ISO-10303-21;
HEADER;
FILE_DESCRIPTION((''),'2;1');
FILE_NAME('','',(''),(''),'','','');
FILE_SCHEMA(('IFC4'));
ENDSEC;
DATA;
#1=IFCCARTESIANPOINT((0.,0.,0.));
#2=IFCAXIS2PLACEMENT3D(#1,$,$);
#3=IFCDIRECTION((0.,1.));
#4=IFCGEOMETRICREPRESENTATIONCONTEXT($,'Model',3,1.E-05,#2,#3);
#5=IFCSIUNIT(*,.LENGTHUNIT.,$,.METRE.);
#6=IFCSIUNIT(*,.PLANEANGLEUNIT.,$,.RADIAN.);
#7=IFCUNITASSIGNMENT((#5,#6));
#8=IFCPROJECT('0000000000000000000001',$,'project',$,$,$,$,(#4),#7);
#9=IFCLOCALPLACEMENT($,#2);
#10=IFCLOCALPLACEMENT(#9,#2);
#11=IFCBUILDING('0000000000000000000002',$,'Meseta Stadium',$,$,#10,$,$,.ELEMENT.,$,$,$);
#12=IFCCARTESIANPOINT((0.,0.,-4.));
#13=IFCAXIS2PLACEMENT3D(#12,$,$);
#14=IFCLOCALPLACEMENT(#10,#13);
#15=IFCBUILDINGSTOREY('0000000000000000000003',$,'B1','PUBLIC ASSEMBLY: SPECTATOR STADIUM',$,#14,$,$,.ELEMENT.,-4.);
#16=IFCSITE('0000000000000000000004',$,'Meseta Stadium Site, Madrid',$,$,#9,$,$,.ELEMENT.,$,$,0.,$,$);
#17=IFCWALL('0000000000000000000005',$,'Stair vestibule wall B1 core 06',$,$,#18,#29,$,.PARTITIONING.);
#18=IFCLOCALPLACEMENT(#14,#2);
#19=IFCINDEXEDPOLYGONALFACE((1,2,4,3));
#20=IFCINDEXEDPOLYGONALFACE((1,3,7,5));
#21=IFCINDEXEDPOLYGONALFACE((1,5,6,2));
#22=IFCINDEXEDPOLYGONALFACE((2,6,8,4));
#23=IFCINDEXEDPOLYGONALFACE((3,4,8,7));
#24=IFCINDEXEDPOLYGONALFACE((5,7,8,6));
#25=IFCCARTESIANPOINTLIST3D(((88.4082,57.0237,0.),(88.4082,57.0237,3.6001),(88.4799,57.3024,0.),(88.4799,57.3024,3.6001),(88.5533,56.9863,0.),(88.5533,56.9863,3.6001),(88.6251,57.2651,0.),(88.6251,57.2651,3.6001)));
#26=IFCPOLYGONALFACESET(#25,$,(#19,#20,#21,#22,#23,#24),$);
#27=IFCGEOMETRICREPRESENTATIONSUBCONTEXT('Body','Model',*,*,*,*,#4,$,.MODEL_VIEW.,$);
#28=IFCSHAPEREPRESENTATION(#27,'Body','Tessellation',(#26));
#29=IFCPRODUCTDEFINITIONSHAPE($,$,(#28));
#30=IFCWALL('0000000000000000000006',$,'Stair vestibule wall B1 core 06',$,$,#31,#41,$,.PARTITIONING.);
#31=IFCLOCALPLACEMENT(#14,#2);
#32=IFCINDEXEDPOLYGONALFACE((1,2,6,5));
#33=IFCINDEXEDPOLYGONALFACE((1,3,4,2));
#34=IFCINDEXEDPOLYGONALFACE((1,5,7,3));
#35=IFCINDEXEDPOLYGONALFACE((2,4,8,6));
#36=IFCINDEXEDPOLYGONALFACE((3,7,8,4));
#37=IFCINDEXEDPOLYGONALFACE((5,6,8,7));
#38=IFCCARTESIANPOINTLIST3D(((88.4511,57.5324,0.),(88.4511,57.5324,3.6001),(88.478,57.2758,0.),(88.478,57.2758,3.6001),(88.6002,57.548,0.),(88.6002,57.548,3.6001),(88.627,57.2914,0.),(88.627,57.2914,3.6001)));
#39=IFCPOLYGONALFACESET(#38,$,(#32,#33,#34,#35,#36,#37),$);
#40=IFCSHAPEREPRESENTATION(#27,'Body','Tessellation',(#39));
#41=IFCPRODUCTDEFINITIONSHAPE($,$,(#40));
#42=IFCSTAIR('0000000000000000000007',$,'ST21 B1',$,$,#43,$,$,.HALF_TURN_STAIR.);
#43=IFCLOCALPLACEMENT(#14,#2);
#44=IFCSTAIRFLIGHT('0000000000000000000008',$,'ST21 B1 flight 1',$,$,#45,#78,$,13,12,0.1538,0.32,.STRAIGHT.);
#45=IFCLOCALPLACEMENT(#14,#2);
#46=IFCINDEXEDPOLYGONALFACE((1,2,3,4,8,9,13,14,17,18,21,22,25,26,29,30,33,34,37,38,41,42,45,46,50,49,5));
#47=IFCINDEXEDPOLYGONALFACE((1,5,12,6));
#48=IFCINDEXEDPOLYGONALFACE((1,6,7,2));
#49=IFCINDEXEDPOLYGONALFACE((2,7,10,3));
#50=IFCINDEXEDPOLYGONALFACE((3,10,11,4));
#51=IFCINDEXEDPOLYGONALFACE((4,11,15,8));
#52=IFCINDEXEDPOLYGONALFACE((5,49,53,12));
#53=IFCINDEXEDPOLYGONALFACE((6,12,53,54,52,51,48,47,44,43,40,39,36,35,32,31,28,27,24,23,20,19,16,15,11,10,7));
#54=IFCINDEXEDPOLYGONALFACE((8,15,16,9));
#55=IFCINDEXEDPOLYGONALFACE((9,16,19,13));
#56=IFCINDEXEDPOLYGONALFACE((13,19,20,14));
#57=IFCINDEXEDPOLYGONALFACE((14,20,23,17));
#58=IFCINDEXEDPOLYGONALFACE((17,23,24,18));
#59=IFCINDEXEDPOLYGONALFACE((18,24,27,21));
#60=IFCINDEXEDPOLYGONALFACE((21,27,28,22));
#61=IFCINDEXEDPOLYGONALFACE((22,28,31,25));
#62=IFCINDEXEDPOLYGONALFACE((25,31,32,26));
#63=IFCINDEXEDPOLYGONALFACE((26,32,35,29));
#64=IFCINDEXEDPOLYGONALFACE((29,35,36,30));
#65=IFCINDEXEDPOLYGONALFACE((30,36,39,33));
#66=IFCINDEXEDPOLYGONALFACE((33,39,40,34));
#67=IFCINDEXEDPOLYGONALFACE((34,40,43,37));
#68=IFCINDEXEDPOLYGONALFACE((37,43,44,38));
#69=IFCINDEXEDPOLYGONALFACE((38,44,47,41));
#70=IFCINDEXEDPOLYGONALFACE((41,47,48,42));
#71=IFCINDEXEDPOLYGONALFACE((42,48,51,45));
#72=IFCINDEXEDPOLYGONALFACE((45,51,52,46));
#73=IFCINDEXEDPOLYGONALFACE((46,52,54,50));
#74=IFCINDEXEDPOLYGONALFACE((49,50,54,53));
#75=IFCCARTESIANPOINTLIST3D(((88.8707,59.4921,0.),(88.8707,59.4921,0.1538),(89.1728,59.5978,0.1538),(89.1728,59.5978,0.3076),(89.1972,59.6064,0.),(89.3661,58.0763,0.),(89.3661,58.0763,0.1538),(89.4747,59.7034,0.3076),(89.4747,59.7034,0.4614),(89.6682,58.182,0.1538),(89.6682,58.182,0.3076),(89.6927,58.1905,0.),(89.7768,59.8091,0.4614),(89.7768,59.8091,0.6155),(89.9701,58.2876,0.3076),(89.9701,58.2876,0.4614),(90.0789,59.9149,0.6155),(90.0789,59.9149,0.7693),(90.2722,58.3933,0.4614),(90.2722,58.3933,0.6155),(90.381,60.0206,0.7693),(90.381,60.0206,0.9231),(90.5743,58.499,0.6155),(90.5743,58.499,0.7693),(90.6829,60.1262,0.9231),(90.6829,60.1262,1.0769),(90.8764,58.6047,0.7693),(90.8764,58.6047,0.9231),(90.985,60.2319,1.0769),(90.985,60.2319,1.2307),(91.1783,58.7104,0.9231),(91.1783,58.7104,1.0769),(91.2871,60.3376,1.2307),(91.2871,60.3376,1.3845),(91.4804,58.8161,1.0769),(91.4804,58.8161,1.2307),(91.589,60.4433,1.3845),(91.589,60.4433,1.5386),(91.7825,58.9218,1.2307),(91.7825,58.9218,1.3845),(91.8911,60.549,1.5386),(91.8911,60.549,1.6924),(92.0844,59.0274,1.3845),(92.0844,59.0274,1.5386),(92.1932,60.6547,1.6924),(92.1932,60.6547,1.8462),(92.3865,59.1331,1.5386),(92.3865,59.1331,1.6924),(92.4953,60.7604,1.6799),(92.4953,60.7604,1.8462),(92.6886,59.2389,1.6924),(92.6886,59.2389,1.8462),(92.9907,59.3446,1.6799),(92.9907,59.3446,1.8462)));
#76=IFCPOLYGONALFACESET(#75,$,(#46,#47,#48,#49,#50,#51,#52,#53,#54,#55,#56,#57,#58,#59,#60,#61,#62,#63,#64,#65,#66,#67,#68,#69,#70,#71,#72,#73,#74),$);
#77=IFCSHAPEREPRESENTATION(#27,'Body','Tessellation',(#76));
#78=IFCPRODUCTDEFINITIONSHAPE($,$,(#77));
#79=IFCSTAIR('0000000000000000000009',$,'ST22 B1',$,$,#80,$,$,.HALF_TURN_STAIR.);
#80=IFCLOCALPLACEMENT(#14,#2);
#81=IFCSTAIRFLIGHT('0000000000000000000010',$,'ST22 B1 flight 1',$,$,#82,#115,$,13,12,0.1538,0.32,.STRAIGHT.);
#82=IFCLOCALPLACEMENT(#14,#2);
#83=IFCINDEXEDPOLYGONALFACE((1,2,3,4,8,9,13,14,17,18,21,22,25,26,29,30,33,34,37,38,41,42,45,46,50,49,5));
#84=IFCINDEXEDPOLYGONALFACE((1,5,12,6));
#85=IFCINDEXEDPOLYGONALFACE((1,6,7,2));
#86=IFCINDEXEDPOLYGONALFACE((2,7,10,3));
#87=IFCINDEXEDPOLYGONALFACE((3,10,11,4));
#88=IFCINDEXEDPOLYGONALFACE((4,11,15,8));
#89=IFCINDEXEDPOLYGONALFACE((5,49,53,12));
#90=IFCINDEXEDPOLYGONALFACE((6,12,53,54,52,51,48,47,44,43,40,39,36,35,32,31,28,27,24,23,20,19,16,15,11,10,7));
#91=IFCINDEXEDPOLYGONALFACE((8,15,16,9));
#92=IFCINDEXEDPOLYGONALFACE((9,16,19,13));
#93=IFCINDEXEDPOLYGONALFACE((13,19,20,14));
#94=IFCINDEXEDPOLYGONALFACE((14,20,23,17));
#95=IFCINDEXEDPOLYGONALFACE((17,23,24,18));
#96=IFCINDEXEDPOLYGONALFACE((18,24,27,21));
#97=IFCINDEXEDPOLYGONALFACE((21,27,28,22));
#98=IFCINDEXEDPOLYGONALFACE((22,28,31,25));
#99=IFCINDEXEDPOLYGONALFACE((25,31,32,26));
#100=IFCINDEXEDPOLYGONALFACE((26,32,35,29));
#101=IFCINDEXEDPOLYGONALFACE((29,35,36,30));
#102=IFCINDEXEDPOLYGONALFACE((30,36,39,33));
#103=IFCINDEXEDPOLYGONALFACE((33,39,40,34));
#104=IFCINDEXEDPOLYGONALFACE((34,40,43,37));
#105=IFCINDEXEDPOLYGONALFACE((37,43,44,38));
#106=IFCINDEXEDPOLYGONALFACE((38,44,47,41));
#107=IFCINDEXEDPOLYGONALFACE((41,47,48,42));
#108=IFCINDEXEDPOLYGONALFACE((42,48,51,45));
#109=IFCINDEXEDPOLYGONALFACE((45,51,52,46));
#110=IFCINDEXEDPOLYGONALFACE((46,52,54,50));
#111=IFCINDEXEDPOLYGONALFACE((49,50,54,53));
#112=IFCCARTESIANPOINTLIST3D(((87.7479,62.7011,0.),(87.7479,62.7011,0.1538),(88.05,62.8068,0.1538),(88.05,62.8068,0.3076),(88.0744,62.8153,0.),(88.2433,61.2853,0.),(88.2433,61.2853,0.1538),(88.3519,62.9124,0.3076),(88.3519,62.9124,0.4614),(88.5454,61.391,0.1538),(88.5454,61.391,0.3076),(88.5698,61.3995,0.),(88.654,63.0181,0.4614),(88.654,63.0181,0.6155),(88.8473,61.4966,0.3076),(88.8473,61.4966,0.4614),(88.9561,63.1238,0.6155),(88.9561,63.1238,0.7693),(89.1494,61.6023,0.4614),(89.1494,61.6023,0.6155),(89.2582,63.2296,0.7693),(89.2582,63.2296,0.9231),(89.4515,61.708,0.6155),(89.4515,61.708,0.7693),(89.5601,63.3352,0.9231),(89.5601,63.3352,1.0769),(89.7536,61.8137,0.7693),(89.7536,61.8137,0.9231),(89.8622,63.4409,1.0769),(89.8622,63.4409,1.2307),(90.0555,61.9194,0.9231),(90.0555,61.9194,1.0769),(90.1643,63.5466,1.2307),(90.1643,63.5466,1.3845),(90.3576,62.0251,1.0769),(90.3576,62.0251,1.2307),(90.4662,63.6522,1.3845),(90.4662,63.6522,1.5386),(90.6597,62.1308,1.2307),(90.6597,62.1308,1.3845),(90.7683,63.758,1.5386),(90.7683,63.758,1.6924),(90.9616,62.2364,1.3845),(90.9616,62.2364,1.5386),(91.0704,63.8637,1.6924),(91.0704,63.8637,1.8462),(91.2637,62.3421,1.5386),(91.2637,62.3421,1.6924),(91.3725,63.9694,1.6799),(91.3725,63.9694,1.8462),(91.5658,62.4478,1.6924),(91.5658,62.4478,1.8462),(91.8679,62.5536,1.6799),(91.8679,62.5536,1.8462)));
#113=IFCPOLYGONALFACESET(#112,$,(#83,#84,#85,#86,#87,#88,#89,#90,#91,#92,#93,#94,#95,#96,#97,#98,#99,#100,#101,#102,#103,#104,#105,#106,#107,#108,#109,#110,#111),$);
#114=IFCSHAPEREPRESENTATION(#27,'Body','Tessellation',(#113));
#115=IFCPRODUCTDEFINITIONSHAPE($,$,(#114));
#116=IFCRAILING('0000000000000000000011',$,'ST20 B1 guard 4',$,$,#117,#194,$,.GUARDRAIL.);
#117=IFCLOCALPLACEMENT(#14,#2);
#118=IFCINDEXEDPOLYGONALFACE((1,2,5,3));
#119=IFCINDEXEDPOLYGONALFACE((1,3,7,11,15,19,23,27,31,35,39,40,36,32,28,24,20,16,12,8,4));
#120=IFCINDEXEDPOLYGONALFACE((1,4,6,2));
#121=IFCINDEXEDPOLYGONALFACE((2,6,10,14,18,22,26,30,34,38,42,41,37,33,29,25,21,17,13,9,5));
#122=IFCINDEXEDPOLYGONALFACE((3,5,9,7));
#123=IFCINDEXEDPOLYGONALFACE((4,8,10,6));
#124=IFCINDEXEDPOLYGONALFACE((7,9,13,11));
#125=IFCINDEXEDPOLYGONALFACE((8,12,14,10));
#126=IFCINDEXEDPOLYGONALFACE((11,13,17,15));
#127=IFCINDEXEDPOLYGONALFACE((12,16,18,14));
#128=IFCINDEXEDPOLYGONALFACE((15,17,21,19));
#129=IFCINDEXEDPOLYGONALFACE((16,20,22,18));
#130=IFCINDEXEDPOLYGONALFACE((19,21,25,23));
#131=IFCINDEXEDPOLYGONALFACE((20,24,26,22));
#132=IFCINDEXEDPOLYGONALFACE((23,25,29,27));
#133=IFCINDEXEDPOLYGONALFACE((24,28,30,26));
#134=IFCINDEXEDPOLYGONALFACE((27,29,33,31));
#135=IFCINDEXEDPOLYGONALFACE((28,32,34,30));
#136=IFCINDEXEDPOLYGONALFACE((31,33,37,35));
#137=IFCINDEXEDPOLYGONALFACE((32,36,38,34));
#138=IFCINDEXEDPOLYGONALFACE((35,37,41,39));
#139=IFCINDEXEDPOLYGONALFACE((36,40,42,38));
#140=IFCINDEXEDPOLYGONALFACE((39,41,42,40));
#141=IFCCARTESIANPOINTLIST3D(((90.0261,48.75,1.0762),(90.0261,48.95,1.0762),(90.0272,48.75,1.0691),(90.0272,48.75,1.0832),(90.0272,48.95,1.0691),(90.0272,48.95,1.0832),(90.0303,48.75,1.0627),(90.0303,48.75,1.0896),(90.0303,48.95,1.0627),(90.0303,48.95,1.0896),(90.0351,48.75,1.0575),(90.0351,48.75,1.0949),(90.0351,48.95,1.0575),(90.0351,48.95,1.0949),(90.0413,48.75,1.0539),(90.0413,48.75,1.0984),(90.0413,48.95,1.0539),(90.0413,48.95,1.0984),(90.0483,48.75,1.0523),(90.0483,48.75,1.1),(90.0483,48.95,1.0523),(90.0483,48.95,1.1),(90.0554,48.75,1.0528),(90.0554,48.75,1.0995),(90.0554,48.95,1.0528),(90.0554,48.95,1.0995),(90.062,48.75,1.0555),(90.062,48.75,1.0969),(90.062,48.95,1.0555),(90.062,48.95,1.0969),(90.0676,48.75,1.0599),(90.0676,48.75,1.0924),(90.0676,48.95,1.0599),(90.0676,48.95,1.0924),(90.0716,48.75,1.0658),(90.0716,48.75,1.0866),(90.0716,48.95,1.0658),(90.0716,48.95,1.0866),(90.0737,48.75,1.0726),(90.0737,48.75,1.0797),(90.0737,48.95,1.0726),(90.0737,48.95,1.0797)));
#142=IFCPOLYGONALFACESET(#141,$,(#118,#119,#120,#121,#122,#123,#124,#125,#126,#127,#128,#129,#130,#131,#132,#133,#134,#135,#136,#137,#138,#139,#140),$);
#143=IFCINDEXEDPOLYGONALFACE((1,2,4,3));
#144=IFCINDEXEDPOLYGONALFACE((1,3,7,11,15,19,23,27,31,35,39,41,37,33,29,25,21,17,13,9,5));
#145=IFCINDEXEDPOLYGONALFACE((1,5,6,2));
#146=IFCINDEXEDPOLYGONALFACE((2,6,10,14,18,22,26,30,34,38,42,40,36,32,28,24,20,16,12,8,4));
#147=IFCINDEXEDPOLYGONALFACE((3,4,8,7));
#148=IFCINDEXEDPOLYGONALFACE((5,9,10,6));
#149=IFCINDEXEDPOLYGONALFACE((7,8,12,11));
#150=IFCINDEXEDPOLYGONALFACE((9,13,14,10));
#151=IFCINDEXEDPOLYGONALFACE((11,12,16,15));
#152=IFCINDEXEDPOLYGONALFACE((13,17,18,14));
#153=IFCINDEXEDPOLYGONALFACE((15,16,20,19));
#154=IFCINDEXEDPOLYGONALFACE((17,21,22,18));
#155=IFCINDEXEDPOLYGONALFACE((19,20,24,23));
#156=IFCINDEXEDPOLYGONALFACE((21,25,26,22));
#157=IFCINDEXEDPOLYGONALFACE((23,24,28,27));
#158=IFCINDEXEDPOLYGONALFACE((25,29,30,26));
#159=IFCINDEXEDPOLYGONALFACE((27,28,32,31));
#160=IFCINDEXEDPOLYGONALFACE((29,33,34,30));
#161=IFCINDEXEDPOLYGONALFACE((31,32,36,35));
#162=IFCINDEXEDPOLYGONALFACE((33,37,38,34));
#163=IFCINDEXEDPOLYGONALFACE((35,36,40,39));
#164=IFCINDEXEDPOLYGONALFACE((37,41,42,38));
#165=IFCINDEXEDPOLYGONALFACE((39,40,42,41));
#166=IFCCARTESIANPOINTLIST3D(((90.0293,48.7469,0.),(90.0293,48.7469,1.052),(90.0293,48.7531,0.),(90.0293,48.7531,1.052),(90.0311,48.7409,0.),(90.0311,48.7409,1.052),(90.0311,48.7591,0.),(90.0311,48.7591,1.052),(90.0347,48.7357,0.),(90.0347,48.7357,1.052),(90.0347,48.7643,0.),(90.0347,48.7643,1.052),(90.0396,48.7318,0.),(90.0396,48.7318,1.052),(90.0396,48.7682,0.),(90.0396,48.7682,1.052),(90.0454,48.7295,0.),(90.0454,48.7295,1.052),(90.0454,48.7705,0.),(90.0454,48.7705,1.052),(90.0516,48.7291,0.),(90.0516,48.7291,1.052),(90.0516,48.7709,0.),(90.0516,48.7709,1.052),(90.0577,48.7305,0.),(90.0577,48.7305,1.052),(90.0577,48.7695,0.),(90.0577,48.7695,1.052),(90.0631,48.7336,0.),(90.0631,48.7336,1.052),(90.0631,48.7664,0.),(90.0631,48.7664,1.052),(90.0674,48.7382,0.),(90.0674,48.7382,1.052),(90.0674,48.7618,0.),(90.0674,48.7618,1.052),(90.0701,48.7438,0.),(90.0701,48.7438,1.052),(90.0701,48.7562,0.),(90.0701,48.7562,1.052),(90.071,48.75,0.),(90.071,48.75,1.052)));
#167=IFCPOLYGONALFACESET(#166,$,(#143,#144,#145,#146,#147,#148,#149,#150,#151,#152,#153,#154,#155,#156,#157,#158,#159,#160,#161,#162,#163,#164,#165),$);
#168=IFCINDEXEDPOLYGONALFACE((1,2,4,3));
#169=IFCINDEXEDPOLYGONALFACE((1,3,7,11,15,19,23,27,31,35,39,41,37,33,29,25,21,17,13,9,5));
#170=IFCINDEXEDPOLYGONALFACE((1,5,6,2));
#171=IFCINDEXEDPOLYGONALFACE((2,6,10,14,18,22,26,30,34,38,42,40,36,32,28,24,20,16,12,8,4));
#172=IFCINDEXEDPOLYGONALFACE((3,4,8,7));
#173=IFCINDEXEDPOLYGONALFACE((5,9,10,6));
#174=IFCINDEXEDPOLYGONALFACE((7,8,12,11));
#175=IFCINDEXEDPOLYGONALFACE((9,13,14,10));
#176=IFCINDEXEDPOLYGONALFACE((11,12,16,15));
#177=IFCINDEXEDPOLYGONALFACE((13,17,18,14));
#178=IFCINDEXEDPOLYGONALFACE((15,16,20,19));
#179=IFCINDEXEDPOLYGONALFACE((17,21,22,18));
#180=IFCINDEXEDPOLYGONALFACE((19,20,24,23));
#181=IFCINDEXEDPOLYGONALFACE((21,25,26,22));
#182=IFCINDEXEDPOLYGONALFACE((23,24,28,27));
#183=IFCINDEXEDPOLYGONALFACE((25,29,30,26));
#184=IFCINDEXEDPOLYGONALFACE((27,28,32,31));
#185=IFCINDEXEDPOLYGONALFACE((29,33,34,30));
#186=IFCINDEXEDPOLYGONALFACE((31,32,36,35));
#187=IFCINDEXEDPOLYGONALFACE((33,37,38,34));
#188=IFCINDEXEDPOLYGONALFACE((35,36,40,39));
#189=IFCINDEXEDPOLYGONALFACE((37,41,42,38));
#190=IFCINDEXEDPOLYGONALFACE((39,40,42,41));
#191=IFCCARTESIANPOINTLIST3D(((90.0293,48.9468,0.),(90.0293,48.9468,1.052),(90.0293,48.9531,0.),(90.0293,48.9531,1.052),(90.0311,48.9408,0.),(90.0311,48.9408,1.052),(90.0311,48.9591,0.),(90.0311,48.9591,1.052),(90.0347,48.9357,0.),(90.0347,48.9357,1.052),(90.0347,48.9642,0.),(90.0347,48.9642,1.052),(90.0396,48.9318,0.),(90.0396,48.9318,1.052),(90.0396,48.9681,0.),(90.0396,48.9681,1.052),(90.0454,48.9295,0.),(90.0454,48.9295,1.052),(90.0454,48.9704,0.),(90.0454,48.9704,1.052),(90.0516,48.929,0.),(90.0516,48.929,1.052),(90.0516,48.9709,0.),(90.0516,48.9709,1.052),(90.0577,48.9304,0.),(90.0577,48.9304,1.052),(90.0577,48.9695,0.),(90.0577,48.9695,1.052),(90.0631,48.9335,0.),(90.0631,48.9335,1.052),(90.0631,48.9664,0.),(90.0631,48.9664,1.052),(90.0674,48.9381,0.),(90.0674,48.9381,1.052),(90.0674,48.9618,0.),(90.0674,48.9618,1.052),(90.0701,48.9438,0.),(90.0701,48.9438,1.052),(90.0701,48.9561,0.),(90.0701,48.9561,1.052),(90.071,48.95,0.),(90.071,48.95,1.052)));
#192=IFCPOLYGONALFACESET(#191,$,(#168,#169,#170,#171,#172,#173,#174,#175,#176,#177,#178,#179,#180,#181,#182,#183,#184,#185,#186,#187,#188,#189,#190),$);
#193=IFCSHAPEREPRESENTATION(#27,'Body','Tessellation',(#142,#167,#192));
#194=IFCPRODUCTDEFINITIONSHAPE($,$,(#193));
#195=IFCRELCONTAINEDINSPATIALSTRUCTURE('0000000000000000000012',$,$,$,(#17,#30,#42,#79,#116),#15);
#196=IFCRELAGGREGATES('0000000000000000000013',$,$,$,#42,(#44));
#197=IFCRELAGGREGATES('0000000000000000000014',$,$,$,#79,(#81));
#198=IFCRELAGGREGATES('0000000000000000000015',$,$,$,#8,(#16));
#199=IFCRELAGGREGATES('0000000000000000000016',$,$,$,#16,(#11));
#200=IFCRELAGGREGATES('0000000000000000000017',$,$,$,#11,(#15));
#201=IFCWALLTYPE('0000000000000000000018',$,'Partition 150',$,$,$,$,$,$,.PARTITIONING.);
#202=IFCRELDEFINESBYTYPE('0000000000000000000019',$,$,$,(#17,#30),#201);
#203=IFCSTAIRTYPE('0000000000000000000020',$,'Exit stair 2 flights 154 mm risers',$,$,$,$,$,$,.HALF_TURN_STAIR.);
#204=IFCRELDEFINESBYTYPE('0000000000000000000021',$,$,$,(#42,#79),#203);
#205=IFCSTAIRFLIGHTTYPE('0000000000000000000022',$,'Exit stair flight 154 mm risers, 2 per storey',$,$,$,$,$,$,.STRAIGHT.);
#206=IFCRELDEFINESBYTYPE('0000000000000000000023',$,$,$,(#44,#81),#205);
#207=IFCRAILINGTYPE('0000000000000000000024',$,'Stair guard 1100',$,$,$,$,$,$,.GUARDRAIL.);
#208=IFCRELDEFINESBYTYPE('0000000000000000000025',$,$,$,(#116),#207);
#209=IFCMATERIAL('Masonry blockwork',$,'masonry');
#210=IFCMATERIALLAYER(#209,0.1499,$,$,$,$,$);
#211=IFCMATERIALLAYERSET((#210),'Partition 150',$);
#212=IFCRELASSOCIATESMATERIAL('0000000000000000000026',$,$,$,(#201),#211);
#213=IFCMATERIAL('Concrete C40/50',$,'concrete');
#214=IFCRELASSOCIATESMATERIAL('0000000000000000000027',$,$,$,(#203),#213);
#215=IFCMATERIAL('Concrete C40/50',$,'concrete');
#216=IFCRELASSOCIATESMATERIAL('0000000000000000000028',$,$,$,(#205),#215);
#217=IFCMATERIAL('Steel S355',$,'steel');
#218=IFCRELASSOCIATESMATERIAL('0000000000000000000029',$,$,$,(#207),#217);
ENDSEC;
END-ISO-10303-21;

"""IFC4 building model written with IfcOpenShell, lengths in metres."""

from ifc_helpers import new_model, si_unit, direction, frame, frame_2d, origin, origin_2d, place, context, subcontext, project, spatial, polyline, rectangle, circle, outline, extrude, material, layer, layer_set, type_object, element, aggregate, save


model = new_model("IFC4")

# Units and contexts
model_context = context("Model", 3, precision=1e-05, world=origin(), true_north=direction((0.0, 1.0)))
body_context = subcontext(model_context, "Body", "Model", "MODEL_VIEW")
ifc_project = project(units=[si_unit("LENGTHUNIT", "METRE"), si_unit("PLANEANGLEUNIT", "RADIAN")], contexts=[model_context])

# Site, building, storey
site_placement = place(None, origin())
site = spatial("IfcSite", under=ifc_project, at=site_placement, Name="Meseta Stadium Site, Madrid", CompositionType="ELEMENT", RefElevation=0.0)
building_placement = place(site_placement, origin())
building = spatial("IfcBuilding", under=site, at=building_placement, Name="Meseta Stadium", CompositionType="ELEMENT")
storey_placement = place(building_placement, frame((0.0, 0.0, -4.0)))
storey = spatial("IfcBuildingStorey", under=building, at=storey_placement, Name="B1", Description="PUBLIC ASSEMBLY: SPECTATOR STADIUM", CompositionType="ELEMENT", Elevation=-4.0)

# Shared definitions
ifc_material_1 = material(Name="Masonry blockwork", Category="masonry")
ifc_layer_1 = layer(ifc_material_1, 0.1499)
ifc_layer_set_1 = layer_set([ifc_layer_1], Name="Partition 150")
wall_type_1 = type_object("IfcWallType", Name="Partition 150", PredefinedType="PARTITIONING", material=ifc_layer_set_1)

# Walls
wall_1_placement = place(storey_placement, frame((88.4807, 57.0049, 0.0), z_axis=(0.0, 0.0, 1.0), x_axis=(0.249314, 0.968423, 0.0)))
element("IfcWall", 1, at=wall_1_placement, inside=storey, type_object=wall_type_1, Name="Stair vestibule wall B1 core 06", PredefinedType="PARTITIONING", context=body_context, shape_type="SweptSolid", body=[
    extrude(rectangle(XDim=0.2878, YDim=0.1499, at=frame_2d((0.144, 0.0))), origin(), (0.0, 0.0, 1.0), 3.6001),
])
wall_2_placement = place(storey_placement, frame((88.5525, 57.2837, 0.0), z_axis=(0.0, 0.0, 1.0), x_axis=(-0.104094, 0.994568, 0.0)))
element("IfcWall", 2, at=wall_2_placement, inside=storey, type_object=wall_type_1, Name="Stair vestibule wall B1 core 06", PredefinedType="PARTITIONING", context=body_context, shape_type="SweptSolid", body=[
    extrude(rectangle(XDim=0.2581, YDim=0.1499, at=frame_2d((0.1289, 0.0))), origin(), (0.0, 0.0, 1.0), 3.6001),
])

# Stairs, stair flights
ifc_material_2 = material(Name="Concrete C40/50", Category="concrete")
stair_type = type_object("IfcStairType", Name="Exit stair 2 flights 154 mm risers", PredefinedType="HALF_TURN_STAIR", material=ifc_material_2)
stair_1_placement = place(storey_placement, origin())
stair_1 = element("IfcStair", 3, at=stair_1_placement, inside=storey, type_object=stair_type, Name="ST21 B1", PredefinedType="HALF_TURN_STAIR")
ifc_material_3 = material(Name="Concrete C40/50", Category="concrete")
stair_flight_type = type_object("IfcStairFlightType", Name="Exit stair flight 154 mm risers, 2 per storey", PredefinedType="STRAIGHT", material=ifc_material_3)
stair_flight_1_placement = place(storey_placement, frame((89.1184, 58.7842, 0.0), z_axis=(0.0, 0.0, 1.0), x_axis=(0.943883, 0.330279, 0.0)))
stair_flight_1 = element("IfcStairFlight", 4, at=stair_flight_1_placement, type_object=stair_flight_type, Name="ST21 B1 flight 1", NumberOfRisers=13, NumberOfTreads=12, PredefinedType="STRAIGHT", RiserHeight=0.1538, TreadLength=0.32, context=body_context, shape_type="SweptSolid", body=[
    extrude(outline(polyline([(0.0, 0.0), (0.0, 0.1538), (0.3201, 0.1538), (0.3201, 0.3076), (0.6399, 0.3076), (0.6399, 0.4614), (0.96, 0.4614), (0.96, 0.6155), (1.28, 0.6155), (1.28, 0.7693), (1.6001, 0.7693), (1.6001, 0.9231), (1.9199, 0.9231), (1.9199, 1.0769), (2.24, 1.0769), (2.24, 1.2307), (2.5601, 1.2307), (2.5601, 1.3845), (2.8799, 1.3845), (2.8799, 1.5386), (3.2, 1.5386), (3.2, 1.6924), (3.52, 1.6924), (3.52, 1.8462), (3.8401, 1.8462), (3.8401, 1.6799), (0.3459, 0.0), (0.0, 0.0)])), frame((0.0, 0.75, 0.0), z_axis=(0.0, -1.0, 0.0), x_axis=(1.0, 0.0, 0.0)), (0.0, 0.0, 1.0), 1.5),
])
aggregate(stair_1, [stair_flight_1])
stair_2_placement = place(storey_placement, origin())
stair_2 = element("IfcStair", 5, at=stair_2_placement, inside=storey, type_object=stair_type, Name="ST22 B1", PredefinedType="HALF_TURN_STAIR")
stair_flight_2_placement = place(storey_placement, frame((87.9956, 61.9932, 0.0), z_axis=(0.0, 0.0, 1.0), x_axis=(0.943883, 0.330279, 0.0)))
stair_flight_2 = element("IfcStairFlight", 6, at=stair_flight_2_placement, type_object=stair_flight_type, Name="ST22 B1 flight 1", NumberOfRisers=13, NumberOfTreads=12, PredefinedType="STRAIGHT", RiserHeight=0.1538, TreadLength=0.32, context=body_context, shape_type="SweptSolid", body=[
    extrude(outline(polyline([(0.0, 0.0), (0.0, 0.1538), (0.3201, 0.1538), (0.3201, 0.3076), (0.6399, 0.3076), (0.6399, 0.4614), (0.96, 0.4614), (0.96, 0.6155), (1.28, 0.6155), (1.28, 0.7693), (1.6001, 0.7693), (1.6001, 0.9231), (1.9199, 0.9231), (1.9199, 1.0769), (2.24, 1.0769), (2.24, 1.2307), (2.5601, 1.2307), (2.5601, 1.3845), (2.8799, 1.3845), (2.8799, 1.5386), (3.2, 1.5386), (3.2, 1.6924), (3.52, 1.6924), (3.52, 1.8462), (3.8401, 1.8462), (3.8401, 1.6799), (0.3459, 0.0), (0.0, 0.0)])), frame((0.0, 0.75, 0.0), z_axis=(0.0, -1.0, 0.0), x_axis=(1.0, 0.0, 0.0)), (0.0, 0.0, 1.0), 1.5),
])
aggregate(stair_2, [stair_flight_2])

# Railing
ifc_material_4 = material(Name="Steel S355", Category="steel")
railing_type_1 = type_object("IfcRailingType", Name="Stair guard 1100", PredefinedType="GUARDRAIL", material=ifc_material_4)
railing_1_placement = place(storey_placement, frame((90.05, 48.75, 0.0)))
element("IfcRailing", 7, at=railing_1_placement, inside=storey, type_object=railing_type_1, Name="ST20 B1 guard 4", PredefinedType="GUARDRAIL", context=body_context, shape_type="SweptSolid", body=[
    extrude(circle(Radius=0.0239, at=origin_2d()), frame((0.0, 0.0, 1.0762), z_axis=(0.0, 1.0, 0.0), x_axis=(-1.0, 0.0, 0.0)), (0.0, 0.0, 1.0), 0.2),
    extrude(circle(Radius=0.021, at=origin_2d()), origin(), (0.0, 0.0, 1.0), 1.052),
    extrude(circle(Radius=0.021, at=origin_2d()), frame((0.0, 0.2, 0.0)), (0.0, 0.0, 1.0), 1.052),
])

save(model, "model.ifc")
